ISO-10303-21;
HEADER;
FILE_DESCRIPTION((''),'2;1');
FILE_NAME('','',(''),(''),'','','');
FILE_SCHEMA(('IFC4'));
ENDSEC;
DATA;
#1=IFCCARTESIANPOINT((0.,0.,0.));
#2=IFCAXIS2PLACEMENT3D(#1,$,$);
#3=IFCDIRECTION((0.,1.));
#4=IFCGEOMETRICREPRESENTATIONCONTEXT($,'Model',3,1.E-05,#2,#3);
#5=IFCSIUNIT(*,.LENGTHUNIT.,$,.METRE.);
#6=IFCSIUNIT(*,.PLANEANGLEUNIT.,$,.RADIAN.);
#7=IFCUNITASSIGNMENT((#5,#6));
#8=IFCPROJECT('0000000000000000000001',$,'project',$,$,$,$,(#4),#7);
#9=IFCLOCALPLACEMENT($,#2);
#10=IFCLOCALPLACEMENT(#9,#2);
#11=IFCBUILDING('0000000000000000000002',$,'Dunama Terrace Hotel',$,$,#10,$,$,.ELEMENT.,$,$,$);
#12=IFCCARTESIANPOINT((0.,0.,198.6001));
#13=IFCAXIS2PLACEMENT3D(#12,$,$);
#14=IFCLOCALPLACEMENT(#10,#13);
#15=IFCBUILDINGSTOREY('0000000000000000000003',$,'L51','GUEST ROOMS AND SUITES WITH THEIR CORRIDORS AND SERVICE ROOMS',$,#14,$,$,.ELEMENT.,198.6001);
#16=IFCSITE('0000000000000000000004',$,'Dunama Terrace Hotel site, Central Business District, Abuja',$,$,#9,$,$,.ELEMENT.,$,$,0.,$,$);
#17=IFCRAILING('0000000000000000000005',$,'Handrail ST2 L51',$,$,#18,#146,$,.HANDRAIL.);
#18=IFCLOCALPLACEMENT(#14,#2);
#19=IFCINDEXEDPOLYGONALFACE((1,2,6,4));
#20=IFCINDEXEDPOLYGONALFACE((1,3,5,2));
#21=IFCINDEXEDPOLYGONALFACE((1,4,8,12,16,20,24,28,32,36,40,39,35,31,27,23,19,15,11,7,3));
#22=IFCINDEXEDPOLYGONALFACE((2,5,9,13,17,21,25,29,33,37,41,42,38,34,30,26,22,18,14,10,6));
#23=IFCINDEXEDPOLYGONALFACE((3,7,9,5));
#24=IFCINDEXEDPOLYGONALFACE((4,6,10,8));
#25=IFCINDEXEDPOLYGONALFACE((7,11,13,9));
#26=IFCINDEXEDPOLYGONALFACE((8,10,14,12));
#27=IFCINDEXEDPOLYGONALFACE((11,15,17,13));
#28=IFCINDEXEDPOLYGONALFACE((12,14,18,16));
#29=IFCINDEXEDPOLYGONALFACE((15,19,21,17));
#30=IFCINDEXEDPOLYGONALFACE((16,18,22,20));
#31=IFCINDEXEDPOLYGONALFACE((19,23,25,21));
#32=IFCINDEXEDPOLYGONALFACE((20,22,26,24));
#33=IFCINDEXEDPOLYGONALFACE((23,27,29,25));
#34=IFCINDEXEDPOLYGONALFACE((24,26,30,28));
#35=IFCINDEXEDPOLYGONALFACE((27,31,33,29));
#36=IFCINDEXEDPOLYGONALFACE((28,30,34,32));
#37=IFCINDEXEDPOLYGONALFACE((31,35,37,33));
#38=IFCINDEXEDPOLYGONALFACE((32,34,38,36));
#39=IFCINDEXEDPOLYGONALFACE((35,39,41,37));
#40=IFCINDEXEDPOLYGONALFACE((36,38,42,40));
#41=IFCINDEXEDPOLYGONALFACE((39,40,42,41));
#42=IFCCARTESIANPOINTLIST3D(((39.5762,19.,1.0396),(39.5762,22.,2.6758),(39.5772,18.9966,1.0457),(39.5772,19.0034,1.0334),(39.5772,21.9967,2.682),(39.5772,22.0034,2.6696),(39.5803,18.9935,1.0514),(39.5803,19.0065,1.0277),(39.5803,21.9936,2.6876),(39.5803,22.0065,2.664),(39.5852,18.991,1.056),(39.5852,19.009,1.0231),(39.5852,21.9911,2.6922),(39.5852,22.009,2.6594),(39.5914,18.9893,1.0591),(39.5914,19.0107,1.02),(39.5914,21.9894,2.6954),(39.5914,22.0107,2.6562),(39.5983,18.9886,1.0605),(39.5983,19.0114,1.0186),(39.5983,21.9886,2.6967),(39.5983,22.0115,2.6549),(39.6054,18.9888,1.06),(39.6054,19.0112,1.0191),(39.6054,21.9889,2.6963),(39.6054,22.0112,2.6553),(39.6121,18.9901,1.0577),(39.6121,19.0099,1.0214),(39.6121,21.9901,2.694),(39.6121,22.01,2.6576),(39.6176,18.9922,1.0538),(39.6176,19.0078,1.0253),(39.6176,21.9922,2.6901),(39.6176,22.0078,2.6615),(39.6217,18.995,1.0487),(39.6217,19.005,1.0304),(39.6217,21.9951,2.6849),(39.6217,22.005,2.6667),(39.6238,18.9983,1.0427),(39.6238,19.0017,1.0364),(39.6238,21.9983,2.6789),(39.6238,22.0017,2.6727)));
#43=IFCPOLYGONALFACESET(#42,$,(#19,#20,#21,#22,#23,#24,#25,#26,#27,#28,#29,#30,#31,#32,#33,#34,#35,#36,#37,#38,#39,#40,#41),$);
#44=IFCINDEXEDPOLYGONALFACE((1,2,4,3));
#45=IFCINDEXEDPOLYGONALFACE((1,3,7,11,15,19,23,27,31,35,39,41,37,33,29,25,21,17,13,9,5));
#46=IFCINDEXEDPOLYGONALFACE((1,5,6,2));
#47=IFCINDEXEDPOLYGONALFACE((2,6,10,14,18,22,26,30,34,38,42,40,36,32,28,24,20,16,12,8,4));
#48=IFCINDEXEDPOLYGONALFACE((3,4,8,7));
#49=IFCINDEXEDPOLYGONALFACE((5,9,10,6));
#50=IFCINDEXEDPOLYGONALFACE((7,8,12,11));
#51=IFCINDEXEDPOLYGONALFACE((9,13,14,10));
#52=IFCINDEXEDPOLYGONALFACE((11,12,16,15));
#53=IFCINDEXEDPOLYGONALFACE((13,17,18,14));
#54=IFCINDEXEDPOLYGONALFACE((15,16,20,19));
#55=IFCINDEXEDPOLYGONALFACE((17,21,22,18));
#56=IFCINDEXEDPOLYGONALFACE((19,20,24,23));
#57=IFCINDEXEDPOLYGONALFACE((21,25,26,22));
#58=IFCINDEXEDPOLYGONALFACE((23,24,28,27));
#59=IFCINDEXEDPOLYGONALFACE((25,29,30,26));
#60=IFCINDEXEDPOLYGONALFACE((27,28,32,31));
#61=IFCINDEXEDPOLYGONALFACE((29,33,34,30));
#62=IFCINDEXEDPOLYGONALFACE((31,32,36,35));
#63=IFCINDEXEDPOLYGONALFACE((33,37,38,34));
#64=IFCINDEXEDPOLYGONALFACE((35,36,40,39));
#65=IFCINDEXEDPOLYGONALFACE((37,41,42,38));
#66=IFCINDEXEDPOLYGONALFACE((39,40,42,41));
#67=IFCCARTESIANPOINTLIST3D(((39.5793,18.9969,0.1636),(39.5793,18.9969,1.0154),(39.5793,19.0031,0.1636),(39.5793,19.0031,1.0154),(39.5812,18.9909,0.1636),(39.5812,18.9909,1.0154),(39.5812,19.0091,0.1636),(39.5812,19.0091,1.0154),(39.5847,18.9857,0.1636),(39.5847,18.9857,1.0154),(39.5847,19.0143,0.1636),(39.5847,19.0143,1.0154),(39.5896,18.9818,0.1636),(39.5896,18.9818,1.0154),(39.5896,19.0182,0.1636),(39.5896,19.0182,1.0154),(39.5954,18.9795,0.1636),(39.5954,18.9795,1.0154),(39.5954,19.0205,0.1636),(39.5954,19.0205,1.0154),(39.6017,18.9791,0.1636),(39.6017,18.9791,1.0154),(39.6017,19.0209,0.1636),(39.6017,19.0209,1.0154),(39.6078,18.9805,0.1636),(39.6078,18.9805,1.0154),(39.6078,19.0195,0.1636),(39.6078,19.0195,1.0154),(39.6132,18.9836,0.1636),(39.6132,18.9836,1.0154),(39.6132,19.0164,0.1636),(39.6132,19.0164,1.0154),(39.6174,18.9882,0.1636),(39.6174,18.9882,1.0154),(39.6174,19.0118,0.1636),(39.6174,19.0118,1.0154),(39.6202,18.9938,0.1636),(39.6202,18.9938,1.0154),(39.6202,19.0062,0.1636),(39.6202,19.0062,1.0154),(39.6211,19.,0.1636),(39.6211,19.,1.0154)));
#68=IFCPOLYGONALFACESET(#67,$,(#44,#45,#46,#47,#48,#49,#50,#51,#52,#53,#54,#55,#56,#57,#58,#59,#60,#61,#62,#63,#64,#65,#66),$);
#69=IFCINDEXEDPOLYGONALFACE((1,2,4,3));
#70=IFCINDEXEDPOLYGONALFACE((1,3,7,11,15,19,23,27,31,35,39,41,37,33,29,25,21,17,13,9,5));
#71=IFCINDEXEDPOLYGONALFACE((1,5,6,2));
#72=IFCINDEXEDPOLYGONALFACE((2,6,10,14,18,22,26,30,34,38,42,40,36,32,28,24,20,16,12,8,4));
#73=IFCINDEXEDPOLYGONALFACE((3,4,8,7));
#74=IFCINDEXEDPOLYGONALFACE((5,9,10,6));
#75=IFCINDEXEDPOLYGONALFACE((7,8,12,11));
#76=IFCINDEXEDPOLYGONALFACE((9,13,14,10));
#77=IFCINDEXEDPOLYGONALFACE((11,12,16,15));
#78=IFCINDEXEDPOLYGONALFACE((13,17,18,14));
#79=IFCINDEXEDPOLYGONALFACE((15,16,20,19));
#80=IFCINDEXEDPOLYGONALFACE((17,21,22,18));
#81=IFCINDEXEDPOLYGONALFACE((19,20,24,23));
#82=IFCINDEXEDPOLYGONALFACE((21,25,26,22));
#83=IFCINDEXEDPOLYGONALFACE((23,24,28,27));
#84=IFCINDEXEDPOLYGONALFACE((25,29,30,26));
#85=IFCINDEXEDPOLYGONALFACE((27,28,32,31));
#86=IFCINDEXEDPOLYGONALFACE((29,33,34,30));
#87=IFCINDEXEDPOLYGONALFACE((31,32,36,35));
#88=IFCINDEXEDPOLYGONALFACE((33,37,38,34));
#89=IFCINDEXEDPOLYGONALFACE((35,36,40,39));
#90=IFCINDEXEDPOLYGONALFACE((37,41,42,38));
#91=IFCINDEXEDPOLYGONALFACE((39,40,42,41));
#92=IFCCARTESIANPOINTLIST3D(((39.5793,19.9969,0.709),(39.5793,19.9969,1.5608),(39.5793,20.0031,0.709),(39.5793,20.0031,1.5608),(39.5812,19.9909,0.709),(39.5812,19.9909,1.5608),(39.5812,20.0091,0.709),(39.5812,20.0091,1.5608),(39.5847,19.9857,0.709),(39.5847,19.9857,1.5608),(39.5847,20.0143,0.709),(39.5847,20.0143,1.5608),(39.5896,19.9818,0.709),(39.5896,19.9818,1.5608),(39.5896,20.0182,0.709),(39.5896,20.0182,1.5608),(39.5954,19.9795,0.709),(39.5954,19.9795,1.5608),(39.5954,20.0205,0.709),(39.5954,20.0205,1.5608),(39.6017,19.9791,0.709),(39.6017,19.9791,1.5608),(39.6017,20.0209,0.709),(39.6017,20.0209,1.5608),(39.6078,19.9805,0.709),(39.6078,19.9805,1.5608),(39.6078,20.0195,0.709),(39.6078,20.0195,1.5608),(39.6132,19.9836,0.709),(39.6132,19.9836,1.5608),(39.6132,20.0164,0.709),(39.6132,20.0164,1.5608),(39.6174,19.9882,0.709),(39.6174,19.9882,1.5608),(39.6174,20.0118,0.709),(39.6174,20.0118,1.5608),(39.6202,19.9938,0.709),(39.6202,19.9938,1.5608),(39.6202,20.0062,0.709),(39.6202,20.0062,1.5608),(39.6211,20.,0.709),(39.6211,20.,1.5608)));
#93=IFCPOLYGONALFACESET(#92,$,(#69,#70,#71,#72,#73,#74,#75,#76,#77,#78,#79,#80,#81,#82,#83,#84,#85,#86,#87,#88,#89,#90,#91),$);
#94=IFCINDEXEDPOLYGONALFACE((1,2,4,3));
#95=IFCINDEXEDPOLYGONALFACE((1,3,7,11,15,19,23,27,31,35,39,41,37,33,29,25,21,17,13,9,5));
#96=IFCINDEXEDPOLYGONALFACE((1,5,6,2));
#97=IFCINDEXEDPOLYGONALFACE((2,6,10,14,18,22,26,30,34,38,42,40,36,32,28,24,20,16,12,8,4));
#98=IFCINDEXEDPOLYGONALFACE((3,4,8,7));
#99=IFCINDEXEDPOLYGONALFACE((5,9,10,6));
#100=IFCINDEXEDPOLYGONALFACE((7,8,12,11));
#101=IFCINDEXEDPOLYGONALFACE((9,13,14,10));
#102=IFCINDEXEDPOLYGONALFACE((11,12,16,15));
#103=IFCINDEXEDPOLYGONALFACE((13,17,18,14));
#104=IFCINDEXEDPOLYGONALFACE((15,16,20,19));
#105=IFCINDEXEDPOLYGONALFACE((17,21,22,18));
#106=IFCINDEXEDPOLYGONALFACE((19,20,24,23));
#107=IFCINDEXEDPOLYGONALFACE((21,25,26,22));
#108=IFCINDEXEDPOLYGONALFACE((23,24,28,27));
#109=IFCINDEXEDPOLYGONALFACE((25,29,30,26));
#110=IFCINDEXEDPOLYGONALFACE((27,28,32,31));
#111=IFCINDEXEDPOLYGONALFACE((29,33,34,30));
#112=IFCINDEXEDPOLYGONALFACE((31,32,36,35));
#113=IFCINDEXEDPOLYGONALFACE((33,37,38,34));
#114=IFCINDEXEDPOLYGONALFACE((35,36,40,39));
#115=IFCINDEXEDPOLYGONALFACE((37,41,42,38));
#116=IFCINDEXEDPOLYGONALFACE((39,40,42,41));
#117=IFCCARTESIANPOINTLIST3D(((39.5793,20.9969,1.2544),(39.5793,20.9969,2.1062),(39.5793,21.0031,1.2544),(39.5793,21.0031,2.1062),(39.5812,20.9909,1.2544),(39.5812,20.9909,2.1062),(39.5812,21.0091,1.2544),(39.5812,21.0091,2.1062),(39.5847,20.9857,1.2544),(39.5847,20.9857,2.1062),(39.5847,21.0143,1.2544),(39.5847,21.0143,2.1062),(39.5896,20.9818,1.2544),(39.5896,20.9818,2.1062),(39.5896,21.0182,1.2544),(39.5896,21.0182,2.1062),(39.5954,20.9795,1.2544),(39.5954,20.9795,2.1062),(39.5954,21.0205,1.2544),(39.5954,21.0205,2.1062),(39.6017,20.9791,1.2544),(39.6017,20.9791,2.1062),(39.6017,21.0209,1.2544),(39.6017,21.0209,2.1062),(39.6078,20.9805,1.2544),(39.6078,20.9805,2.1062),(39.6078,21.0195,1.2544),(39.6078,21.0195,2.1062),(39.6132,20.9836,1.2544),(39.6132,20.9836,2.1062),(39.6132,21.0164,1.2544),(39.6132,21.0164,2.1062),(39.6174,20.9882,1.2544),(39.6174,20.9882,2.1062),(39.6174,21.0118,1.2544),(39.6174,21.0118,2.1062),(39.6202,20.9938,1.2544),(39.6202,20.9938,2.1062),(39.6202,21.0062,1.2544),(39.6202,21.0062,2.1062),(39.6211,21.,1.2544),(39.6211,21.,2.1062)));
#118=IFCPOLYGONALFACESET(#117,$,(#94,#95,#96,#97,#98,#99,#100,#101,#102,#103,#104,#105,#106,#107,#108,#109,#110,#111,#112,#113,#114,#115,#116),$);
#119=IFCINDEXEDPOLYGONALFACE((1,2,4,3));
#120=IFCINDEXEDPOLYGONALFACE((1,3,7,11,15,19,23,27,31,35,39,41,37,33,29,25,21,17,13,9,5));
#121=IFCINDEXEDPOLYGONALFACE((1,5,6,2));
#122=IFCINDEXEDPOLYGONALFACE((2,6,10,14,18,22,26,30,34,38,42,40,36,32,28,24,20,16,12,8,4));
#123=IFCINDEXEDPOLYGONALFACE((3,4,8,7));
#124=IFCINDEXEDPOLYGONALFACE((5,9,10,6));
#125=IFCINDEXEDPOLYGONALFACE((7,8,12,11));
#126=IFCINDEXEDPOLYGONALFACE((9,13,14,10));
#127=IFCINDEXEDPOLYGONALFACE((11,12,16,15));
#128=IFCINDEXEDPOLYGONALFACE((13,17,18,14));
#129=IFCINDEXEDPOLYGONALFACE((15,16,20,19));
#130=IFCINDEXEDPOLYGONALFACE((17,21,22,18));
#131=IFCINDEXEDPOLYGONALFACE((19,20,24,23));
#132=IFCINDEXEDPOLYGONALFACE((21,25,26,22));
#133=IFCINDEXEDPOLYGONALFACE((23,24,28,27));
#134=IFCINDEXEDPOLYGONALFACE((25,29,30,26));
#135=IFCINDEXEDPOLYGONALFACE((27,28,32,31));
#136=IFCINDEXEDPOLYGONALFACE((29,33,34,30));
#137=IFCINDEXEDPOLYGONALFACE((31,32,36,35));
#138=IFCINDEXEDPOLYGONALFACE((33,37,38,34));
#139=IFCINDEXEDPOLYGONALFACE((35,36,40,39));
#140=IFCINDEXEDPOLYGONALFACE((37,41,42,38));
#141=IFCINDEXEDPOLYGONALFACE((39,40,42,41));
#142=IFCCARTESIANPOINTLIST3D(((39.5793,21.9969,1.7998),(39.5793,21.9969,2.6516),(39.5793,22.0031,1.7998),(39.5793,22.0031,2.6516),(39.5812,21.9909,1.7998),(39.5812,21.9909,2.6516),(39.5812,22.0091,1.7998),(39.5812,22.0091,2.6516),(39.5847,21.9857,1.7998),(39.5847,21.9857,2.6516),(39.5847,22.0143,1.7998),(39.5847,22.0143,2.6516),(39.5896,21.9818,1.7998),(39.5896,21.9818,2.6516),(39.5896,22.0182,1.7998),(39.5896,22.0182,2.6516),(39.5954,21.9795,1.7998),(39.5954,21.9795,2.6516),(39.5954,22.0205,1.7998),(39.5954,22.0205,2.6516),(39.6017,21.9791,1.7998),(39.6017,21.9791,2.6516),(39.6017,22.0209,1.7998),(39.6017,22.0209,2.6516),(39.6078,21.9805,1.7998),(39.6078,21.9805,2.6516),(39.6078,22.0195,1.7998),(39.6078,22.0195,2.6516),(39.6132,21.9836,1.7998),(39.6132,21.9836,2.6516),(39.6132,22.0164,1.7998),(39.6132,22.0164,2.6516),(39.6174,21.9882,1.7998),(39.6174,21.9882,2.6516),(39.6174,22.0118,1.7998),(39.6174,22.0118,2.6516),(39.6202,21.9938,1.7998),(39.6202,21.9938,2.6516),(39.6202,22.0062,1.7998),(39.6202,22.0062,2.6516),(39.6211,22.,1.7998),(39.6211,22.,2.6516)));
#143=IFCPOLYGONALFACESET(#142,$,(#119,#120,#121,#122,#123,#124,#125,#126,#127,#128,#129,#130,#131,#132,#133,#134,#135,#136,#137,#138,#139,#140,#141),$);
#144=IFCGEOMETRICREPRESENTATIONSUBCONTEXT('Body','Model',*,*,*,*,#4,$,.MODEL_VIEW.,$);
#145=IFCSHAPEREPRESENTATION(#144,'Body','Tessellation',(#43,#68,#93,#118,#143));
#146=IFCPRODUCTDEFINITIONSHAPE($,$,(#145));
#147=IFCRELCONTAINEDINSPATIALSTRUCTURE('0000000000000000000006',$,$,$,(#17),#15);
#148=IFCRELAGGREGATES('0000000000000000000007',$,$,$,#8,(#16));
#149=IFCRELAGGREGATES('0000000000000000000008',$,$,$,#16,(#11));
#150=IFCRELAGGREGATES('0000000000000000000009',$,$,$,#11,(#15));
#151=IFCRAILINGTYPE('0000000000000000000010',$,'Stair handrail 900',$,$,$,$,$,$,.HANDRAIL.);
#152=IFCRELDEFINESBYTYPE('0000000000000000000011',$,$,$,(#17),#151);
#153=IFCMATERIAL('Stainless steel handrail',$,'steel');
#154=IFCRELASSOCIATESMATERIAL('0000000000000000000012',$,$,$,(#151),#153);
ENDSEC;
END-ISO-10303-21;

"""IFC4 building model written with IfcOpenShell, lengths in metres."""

from ifc_helpers import new_model, si_unit, direction, frame, origin, origin_2d, place, context, subcontext, project, spatial, circle, extrude, material, type_object, element, save


model = new_model("IFC4")

# Units and contexts
model_context = context("Model", 3, precision=1e-05, world=origin(), true_north=direction((0.0, 1.0)))
body_context = subcontext(model_context, "Body", "Model", "MODEL_VIEW")
ifc_project = project(units=[si_unit("LENGTHUNIT", "METRE"), si_unit("PLANEANGLEUNIT", "RADIAN")], contexts=[model_context])

# Site, building, storey
site_placement = place(None, origin())
site = spatial("IfcSite", under=ifc_project, at=site_placement, Name="Dunama Terrace Hotel site, Central Business District, Abuja", CompositionType="ELEMENT", RefElevation=0.0)
building_placement = place(site_placement, origin())
building = spatial("IfcBuilding", under=site, at=building_placement, Name="Dunama Terrace Hotel", CompositionType="ELEMENT")
storey_placement = place(building_placement, frame((0.0, 0.0, 198.6001)))
storey = spatial("IfcBuildingStorey", under=building, at=storey_placement, Name="L51", Description="GUEST ROOMS AND SUITES WITH THEIR CORRIDORS AND SERVICE ROOMS", CompositionType="ELEMENT", Elevation=198.6001)

# Railing
ifc_material_1 = material(Name="Stainless steel handrail", Category="steel")
railing_type_1 = type_object("IfcRailingType", Name="Stair handrail 900", PredefinedType="HANDRAIL", material=ifc_material_1)
railing_1_placement = place(storey_placement, frame((39.6001, 19.0, 0.1636)))
element("IfcRailing", 1, at=railing_1_placement, inside=storey, type_object=railing_type_1, Name="Handrail ST2 L51", PredefinedType="HANDRAIL", context=body_context, shape_type="SweptSolid", body=[
    extrude(circle(Radius=0.0239, at=origin_2d()), frame((0.0, 0.0, 0.876), z_axis=(0.0, 0.877912, 0.478822), x_axis=(-1.0, 0.0, 0.0)), (0.0, 0.0, 1.0), 3.4172),
    extrude(circle(Radius=0.021, at=origin_2d()), origin(), (0.0, 0.0, 1.0), 0.8518),
    extrude(circle(Radius=0.021, at=origin_2d()), frame((0.0, 1.0, 0.5454)), (0.0, 0.0, 1.0), 0.8518),
    extrude(circle(Radius=0.021, at=origin_2d()), frame((0.0, 2.0, 1.0908)), (0.0, 0.0, 1.0), 0.8518),
    extrude(circle(Radius=0.021, at=origin_2d()), frame((0.0, 3.0, 1.6362)), (0.0, 0.0, 1.0), 0.8518),
])

save(model, "model.ifc")
